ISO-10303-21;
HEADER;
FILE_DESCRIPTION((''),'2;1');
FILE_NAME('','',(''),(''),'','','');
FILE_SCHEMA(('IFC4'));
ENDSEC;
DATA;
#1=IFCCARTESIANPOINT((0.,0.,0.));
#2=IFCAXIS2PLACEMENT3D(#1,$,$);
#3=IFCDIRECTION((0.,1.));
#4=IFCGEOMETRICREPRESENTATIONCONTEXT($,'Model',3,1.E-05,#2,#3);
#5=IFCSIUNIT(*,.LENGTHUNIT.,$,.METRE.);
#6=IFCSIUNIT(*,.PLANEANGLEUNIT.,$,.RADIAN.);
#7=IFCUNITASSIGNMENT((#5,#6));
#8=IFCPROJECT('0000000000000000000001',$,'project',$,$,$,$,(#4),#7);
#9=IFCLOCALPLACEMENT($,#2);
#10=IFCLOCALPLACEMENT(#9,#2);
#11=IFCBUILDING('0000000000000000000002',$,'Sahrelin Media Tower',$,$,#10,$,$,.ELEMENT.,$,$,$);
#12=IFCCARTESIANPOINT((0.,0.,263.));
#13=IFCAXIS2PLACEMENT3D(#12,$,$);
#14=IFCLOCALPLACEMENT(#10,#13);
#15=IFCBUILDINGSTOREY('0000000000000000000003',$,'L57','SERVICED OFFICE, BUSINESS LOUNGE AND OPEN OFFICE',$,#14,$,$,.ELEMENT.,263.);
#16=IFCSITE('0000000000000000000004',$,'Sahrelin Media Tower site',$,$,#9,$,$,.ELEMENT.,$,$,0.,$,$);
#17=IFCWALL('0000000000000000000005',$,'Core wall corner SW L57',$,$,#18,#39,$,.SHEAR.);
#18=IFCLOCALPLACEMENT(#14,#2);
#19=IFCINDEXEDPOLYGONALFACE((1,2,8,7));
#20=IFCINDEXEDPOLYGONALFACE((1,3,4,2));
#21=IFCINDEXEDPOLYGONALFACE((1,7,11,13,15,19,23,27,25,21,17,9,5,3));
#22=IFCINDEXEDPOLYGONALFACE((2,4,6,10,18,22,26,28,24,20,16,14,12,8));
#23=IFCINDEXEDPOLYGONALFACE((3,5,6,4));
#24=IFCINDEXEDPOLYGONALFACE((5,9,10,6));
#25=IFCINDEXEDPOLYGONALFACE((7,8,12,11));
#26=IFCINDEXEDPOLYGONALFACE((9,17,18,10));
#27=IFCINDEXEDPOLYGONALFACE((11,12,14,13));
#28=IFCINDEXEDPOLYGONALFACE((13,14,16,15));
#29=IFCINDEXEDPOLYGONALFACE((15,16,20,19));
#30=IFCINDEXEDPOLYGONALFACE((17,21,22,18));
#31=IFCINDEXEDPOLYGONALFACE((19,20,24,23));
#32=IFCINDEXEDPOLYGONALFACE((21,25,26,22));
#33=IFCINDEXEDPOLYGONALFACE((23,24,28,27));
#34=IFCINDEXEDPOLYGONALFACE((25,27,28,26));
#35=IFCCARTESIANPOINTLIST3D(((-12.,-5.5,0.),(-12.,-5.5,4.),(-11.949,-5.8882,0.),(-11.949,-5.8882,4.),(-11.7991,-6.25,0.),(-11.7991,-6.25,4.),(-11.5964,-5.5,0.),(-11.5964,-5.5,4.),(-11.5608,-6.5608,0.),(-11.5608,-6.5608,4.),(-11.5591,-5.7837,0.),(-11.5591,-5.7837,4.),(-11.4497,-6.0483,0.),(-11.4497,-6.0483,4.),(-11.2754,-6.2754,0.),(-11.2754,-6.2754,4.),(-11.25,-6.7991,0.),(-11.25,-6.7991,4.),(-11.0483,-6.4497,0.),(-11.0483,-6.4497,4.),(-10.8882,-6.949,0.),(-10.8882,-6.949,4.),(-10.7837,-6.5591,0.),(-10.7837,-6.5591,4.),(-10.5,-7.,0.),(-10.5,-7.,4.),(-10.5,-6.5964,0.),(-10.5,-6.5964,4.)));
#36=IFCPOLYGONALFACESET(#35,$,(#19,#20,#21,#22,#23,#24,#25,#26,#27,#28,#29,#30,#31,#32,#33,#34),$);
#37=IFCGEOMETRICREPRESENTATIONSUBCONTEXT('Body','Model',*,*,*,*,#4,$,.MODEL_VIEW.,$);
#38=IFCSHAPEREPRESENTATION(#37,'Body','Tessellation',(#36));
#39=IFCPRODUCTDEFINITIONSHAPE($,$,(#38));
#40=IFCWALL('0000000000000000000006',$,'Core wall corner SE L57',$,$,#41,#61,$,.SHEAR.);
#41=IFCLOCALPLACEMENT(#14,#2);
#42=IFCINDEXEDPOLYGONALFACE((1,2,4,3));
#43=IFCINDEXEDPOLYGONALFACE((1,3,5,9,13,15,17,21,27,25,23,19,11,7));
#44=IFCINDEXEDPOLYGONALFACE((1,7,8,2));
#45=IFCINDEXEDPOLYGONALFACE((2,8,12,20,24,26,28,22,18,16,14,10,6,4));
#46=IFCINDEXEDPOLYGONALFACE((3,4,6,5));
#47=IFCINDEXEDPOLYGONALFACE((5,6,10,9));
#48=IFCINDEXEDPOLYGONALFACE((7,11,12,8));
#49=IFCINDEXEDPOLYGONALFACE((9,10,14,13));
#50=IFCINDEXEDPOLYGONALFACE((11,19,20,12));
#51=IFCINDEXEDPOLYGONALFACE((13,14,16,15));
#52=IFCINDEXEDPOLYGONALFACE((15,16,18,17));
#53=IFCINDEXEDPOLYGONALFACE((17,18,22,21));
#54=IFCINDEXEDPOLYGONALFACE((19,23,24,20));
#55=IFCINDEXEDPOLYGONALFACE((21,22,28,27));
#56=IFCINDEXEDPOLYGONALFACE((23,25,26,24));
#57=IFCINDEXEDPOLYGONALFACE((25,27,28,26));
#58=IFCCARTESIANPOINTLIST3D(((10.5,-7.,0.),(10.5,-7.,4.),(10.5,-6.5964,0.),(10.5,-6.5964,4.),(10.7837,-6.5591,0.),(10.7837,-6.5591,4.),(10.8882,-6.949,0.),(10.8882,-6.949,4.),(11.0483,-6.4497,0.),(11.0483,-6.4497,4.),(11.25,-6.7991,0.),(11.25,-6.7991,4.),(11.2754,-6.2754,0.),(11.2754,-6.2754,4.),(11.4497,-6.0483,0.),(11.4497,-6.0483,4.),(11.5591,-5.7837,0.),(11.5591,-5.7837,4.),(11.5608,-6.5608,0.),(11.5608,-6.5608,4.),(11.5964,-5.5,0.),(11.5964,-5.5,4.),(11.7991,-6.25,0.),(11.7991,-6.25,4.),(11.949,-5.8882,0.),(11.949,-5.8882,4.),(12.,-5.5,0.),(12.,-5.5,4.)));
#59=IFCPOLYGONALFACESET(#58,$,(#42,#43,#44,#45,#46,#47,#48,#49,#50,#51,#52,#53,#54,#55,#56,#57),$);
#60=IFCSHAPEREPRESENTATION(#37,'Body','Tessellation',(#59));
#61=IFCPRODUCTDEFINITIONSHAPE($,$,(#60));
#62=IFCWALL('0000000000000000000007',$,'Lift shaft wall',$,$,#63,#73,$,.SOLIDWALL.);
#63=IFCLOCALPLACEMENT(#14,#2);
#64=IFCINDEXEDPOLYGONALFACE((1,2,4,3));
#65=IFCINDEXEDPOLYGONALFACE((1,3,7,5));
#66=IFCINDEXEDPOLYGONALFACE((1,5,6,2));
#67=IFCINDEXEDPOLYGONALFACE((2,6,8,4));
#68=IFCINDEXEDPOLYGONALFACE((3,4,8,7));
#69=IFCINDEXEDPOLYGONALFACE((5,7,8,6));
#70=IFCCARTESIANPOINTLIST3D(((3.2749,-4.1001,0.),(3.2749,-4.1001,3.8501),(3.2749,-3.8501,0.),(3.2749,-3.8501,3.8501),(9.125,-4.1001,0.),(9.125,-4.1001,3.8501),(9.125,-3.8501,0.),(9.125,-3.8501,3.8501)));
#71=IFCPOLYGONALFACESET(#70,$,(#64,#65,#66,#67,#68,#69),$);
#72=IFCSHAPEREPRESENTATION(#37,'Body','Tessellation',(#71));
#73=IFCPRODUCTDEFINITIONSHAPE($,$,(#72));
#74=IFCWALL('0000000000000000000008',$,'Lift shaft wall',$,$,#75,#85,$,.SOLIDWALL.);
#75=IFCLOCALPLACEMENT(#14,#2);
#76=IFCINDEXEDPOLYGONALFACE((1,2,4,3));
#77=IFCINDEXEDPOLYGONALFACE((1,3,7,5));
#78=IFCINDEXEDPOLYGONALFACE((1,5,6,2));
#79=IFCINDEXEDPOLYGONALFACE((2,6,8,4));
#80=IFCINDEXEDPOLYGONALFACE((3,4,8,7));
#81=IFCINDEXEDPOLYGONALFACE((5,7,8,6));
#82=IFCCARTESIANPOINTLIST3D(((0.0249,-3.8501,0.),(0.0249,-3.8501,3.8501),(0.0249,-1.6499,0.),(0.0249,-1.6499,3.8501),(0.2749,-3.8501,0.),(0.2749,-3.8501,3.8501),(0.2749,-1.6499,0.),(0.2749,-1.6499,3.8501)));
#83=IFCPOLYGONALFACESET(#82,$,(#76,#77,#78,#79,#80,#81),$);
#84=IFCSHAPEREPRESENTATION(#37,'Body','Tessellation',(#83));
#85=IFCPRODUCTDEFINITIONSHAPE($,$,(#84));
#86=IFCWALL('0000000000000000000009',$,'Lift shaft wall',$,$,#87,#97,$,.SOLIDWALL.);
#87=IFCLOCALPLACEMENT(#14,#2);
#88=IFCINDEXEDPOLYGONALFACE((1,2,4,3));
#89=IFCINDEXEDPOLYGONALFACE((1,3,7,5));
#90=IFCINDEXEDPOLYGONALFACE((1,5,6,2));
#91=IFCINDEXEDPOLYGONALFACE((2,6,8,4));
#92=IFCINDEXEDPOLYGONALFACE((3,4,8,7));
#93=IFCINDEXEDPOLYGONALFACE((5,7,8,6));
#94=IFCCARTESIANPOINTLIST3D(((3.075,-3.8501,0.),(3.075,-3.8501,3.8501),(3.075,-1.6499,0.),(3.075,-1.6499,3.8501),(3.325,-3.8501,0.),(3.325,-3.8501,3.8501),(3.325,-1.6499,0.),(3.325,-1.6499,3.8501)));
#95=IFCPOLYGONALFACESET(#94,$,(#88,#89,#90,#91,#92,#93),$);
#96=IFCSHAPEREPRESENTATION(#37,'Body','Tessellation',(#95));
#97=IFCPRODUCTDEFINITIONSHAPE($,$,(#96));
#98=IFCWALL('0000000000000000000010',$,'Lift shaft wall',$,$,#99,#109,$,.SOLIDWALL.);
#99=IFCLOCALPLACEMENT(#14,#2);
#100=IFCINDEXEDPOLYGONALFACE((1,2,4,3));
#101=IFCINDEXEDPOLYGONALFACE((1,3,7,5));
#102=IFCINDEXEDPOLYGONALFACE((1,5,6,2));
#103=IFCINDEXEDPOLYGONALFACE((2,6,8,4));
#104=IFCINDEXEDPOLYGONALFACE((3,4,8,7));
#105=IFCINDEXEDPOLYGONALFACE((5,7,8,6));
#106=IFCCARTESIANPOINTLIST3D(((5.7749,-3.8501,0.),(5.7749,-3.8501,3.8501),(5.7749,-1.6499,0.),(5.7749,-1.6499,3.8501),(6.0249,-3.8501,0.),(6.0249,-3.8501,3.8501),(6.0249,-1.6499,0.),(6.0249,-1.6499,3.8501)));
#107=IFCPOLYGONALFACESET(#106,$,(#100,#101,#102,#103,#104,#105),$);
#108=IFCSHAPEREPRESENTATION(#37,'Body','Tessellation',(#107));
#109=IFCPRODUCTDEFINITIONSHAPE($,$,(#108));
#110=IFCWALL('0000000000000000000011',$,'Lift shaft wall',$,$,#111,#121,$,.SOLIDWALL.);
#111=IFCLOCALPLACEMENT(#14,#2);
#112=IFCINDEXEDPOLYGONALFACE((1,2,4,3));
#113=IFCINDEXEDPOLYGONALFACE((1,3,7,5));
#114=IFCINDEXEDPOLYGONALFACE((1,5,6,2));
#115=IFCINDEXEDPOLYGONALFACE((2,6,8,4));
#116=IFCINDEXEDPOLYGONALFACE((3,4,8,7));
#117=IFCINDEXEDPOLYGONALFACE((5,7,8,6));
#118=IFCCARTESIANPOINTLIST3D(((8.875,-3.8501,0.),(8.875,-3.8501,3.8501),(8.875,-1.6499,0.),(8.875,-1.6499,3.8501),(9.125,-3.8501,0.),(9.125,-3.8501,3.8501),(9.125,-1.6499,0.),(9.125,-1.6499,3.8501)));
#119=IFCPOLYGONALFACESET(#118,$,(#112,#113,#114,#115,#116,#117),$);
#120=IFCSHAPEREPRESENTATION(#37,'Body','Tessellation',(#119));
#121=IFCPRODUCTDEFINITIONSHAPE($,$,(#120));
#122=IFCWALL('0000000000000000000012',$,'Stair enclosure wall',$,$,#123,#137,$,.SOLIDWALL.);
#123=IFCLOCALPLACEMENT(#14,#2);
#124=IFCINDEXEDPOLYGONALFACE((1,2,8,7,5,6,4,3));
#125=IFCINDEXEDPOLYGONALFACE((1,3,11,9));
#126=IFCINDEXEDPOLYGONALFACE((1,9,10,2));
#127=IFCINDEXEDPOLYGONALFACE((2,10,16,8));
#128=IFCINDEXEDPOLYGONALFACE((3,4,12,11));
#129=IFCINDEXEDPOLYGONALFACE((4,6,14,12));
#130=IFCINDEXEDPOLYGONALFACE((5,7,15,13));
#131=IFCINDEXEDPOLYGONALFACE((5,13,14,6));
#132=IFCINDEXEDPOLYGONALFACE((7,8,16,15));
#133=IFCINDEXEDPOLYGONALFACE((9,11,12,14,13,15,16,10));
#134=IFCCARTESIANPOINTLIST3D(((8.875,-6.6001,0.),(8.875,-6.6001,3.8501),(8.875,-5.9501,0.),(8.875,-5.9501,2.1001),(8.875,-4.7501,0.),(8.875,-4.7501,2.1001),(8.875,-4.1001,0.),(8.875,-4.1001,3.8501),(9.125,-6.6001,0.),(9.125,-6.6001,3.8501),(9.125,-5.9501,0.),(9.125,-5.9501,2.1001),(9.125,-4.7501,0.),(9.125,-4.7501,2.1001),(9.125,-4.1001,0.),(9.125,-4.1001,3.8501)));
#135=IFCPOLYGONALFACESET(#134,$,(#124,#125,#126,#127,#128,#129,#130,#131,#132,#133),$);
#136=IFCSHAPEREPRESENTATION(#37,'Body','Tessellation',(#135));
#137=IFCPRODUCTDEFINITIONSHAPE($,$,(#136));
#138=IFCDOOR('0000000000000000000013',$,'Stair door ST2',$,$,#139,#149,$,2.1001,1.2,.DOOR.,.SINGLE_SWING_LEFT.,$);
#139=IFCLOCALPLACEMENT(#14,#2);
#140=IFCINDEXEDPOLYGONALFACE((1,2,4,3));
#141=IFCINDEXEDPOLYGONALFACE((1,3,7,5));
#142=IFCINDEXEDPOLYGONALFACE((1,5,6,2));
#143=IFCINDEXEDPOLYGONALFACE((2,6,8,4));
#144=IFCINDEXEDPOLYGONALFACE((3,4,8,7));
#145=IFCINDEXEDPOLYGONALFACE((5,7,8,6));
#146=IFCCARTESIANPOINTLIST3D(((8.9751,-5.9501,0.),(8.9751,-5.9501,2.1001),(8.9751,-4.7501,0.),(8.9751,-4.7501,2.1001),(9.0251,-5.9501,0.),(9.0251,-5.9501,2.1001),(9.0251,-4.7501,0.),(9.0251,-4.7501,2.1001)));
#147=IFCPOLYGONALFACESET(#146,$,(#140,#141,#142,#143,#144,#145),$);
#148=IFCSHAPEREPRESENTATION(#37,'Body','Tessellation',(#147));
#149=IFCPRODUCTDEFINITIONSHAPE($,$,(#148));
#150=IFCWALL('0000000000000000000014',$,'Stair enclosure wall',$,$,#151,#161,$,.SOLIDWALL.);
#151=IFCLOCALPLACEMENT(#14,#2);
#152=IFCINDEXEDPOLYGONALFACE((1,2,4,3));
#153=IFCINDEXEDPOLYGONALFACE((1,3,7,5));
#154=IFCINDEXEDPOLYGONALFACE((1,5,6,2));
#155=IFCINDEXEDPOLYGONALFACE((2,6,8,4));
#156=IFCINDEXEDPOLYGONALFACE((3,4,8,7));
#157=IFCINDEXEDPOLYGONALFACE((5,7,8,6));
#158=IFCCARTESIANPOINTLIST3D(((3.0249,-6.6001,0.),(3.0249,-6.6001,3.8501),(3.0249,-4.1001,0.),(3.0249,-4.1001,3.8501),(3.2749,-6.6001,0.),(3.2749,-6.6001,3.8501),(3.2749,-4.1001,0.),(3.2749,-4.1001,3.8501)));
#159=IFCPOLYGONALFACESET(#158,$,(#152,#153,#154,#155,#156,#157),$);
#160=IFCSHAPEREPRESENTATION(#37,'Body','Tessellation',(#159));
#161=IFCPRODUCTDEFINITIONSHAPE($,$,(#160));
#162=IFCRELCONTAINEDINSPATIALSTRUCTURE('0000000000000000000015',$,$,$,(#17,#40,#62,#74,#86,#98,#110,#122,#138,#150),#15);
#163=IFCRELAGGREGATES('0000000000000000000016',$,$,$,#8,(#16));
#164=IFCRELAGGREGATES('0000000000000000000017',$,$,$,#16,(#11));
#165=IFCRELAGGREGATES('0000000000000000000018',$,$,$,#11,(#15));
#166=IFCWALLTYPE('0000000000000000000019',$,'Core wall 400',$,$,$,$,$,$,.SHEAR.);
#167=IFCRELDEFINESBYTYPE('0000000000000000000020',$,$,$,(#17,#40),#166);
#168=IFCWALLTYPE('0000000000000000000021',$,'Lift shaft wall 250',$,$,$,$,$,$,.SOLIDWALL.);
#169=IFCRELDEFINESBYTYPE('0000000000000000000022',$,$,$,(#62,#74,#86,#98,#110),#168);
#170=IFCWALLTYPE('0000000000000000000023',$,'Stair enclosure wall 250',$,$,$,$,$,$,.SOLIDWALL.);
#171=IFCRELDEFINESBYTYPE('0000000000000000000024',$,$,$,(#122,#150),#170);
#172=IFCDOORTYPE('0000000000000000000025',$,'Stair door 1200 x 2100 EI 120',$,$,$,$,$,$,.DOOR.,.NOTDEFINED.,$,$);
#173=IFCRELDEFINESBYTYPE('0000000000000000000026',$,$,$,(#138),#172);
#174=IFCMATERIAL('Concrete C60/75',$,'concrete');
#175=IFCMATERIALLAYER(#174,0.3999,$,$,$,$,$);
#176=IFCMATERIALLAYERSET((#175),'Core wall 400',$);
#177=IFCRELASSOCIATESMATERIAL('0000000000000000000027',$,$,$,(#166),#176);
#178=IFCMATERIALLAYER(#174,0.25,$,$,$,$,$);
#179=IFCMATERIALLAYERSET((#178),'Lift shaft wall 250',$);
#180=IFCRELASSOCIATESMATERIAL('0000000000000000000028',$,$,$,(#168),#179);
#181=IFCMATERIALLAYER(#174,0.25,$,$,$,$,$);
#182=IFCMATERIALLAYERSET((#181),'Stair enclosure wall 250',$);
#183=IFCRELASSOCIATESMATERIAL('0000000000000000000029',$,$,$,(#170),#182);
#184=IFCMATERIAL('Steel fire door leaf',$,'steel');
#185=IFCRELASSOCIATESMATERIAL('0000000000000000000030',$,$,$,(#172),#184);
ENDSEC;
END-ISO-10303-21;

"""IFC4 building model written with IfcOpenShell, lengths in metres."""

from ifc_helpers import new_model, si_unit, direction, frame, frame_2d, origin, place, context, subcontext, project, spatial, polyline, rectangle, outline, extrude, material, layer, layer_set, type_object, element, fill, save


model = new_model("IFC4")

# Units and contexts
model_context = context("Model", 3, precision=1e-05, world=origin(), true_north=direction((0.0, 1.0)))
body_context = subcontext(model_context, "Body", "Model", "MODEL_VIEW")
ifc_project = project(units=[si_unit("LENGTHUNIT", "METRE"), si_unit("PLANEANGLEUNIT", "RADIAN")], contexts=[model_context])

# Site, building, storey
site_placement = place(None, origin())
site = spatial("IfcSite", under=ifc_project, at=site_placement, Name="Sahrelin Media Tower site", CompositionType="ELEMENT", RefElevation=0.0)
building_placement = place(site_placement, origin())
building = spatial("IfcBuilding", under=site, at=building_placement, Name="Sahrelin Media Tower", CompositionType="ELEMENT")
storey_placement = place(building_placement, frame((0.0, 0.0, 263.0)))
storey = spatial("IfcBuildingStorey", under=building, at=storey_placement, Name="L57", Description="SERVICED OFFICE, BUSINESS LOUNGE AND OPEN OFFICE", CompositionType="ELEMENT", Elevation=263.0)

# Shared definitions
placement_1 = place(storey_placement, origin())

# Walls
ifc_material_1 = material(Name="Concrete C60/75", Category="concrete")
ifc_layer_1 = layer(ifc_material_1, 0.3999)
ifc_layer_set_1 = layer_set([ifc_layer_1], Name="Core wall 400")
wall_type_1 = type_object("IfcWallType", Name="Core wall 400", PredefinedType="SHEAR", material=ifc_layer_set_1)
element("IfcWall", 1, at=placement_1, inside=storey, type_object=wall_type_1, Name="Core wall corner SW L57", PredefinedType="SHEAR", context=body_context, shape_type="SweptSolid", body=[
    extrude(outline(polyline([(-10.5, -7.0), (-10.5, -6.5964), (-10.7837, -6.5591), (-11.0483, -6.4497), (-11.2754, -6.2754), (-11.4497, -6.0483), (-11.5591, -5.7837), (-11.5964, -5.5), (-12.0, -5.5), (-11.949, -5.8882), (-11.7991, -6.25), (-11.5608, -6.5608), (-11.25, -6.7991), (-10.8882, -6.949), (-10.5, -7.0)])), origin(), (0.0, 0.0, 1.0), 4.0),
])
element("IfcWall", 2, at=placement_1, inside=storey, type_object=wall_type_1, Name="Core wall corner SE L57", PredefinedType="SHEAR", context=body_context, shape_type="SweptSolid", body=[
    extrude(outline(polyline([(12.0, -5.5), (11.5964, -5.5), (11.5591, -5.7837), (11.4497, -6.0483), (11.2754, -6.2754), (11.0483, -6.4497), (10.7837, -6.5591), (10.5, -6.5964), (10.5, -7.0), (10.8882, -6.949), (11.25, -6.7991), (11.5608, -6.5608), (11.7991, -6.25), (11.949, -5.8882), (12.0, -5.5)])), origin(), (0.0, 0.0, 1.0), 4.0),
])
ifc_layer_2 = layer(ifc_material_1, 0.25)
ifc_layer_set_2 = layer_set([ifc_layer_2], Name="Lift shaft wall 250")
wall_type_2 = type_object("IfcWallType", Name="Lift shaft wall 250", PredefinedType="SOLIDWALL", material=ifc_layer_set_2)
wall_1_placement = place(storey_placement, frame((3.2749, -3.9751, 0.0), z_axis=(0.0, 0.0, 1.0), x_axis=(1.0, 0.0, 0.0)))
element("IfcWall", 3, at=wall_1_placement, inside=storey, type_object=wall_type_2, Name="Lift shaft wall", PredefinedType="SOLIDWALL", context=body_context, shape_type="SweptSolid", body=[
    extrude(rectangle(XDim=5.8501, YDim=0.25, at=frame_2d((2.925, 0.0))), origin(), (0.0, 0.0, 1.0), 3.8501),
])
for number, where, z_axis, x_axis, name in (
    (4, (0.1499, -3.8501, 0.0), (0.0, 0.0, 1.0), (0.0, 1.0, 0.0), "Lift shaft wall"),
    (5, (3.2, -3.8501, 0.0), (0.0, 0.0, 1.0), (0.0, 1.0, 0.0), "Lift shaft wall"),
    (6, (5.8999, -3.8501, 0.0), (0.0, 0.0, 1.0), (0.0, 1.0, 0.0), "Lift shaft wall"),
    (7, (9.0, -3.8501, 0.0), (0.0, 0.0, 1.0), (0.0, 1.0, 0.0), "Lift shaft wall"),
):
    element("IfcWall", number, at=place(storey_placement, frame(where, z_axis=z_axis, x_axis=x_axis)), inside=storey, type_object=wall_type_2, Name=name, PredefinedType="SOLIDWALL", context=body_context, shape_type="SweptSolid", body=[
        extrude(rectangle(XDim=2.2002, YDim=0.25, at=frame_2d((1.1001, 0.0))), origin(), (0.0, 0.0, 1.0), 3.8501),
    ])

# Wall, opening, door
ifc_layer_3 = layer(ifc_material_1, 0.25)
ifc_layer_set_3 = layer_set([ifc_layer_3], Name="Stair enclosure wall 250")
wall_type_3 = type_object("IfcWallType", Name="Stair enclosure wall 250", PredefinedType="SOLIDWALL", material=ifc_layer_set_3)
wall_2_placement = place(storey_placement, frame((9.0, -6.6001, 0.0), z_axis=(0.0, 0.0, 1.0), x_axis=(0.0, 1.0, 0.0)))
wall_2 = element("IfcWall", 8, at=wall_2_placement, inside=storey, type_object=wall_type_3, Name="Stair enclosure wall", PredefinedType="SOLIDWALL", context=body_context, shape_type="SweptSolid", body=[
    extrude(rectangle(XDim=2.5, YDim=0.25, at=frame_2d((1.25, 0.0))), origin(), (0.0, 0.0, 1.0), 3.8501),
])
opening_placement = place(wall_2_placement, frame((0.6499, 0.0, 0.0)))
opening = element("IfcOpeningElement", 9, at=opening_placement, cuts=wall_2, PredefinedType="OPENING", context=body_context, shape_type="SweptSolid", body=[
    extrude(rectangle(XDim=1.2, YDim=2.1001, at=frame_2d((0.6001, 1.05))), frame((0.0, 0.125, 0.0), z_axis=(0.0, -1.0, 0.0), x_axis=(1.0, 0.0, 0.0)), (0.0, 0.0, 1.0), 0.25),
])
ifc_material_2 = material(Name="Steel fire door leaf", Category="steel")
door_type = type_object("IfcDoorType", Name="Stair door 1200 x 2100 EI 120", OperationType="NOTDEFINED", PredefinedType="DOOR", material=ifc_material_2)
door_placement = place(opening_placement, origin())
door = element("IfcDoor", 10, at=door_placement, inside=storey, type_object=door_type, Name="Stair door ST2", OperationType="SINGLE_SWING_LEFT", OverallHeight=2.1001, OverallWidth=1.2, PredefinedType="DOOR", context=body_context, shape_type="SweptSolid", body=[
    extrude(rectangle(XDim=1.2, YDim=2.1001, at=frame_2d((0.6001, 1.05))), frame((0.0, 0.0249, 0.0), z_axis=(0.0, -1.0, 0.0), x_axis=(1.0, 0.0, 0.0)), (0.0, 0.0, 1.0), 0.05),
])
fill(opening, door)

# Wall
wall_3_placement = place(storey_placement, frame((3.1499, -6.6001, 0.0), z_axis=(0.0, 0.0, 1.0), x_axis=(0.0, 1.0, 0.0)))
element("IfcWall", 11, at=wall_3_placement, inside=storey, type_object=wall_type_3, Name="Stair enclosure wall", PredefinedType="SOLIDWALL", context=body_context, shape_type="SweptSolid", body=[
    extrude(rectangle(XDim=2.5, YDim=0.25, at=frame_2d((1.25, 0.0))), origin(), (0.0, 0.0, 1.0), 3.8501),
])

save(model, "model.ifc")
